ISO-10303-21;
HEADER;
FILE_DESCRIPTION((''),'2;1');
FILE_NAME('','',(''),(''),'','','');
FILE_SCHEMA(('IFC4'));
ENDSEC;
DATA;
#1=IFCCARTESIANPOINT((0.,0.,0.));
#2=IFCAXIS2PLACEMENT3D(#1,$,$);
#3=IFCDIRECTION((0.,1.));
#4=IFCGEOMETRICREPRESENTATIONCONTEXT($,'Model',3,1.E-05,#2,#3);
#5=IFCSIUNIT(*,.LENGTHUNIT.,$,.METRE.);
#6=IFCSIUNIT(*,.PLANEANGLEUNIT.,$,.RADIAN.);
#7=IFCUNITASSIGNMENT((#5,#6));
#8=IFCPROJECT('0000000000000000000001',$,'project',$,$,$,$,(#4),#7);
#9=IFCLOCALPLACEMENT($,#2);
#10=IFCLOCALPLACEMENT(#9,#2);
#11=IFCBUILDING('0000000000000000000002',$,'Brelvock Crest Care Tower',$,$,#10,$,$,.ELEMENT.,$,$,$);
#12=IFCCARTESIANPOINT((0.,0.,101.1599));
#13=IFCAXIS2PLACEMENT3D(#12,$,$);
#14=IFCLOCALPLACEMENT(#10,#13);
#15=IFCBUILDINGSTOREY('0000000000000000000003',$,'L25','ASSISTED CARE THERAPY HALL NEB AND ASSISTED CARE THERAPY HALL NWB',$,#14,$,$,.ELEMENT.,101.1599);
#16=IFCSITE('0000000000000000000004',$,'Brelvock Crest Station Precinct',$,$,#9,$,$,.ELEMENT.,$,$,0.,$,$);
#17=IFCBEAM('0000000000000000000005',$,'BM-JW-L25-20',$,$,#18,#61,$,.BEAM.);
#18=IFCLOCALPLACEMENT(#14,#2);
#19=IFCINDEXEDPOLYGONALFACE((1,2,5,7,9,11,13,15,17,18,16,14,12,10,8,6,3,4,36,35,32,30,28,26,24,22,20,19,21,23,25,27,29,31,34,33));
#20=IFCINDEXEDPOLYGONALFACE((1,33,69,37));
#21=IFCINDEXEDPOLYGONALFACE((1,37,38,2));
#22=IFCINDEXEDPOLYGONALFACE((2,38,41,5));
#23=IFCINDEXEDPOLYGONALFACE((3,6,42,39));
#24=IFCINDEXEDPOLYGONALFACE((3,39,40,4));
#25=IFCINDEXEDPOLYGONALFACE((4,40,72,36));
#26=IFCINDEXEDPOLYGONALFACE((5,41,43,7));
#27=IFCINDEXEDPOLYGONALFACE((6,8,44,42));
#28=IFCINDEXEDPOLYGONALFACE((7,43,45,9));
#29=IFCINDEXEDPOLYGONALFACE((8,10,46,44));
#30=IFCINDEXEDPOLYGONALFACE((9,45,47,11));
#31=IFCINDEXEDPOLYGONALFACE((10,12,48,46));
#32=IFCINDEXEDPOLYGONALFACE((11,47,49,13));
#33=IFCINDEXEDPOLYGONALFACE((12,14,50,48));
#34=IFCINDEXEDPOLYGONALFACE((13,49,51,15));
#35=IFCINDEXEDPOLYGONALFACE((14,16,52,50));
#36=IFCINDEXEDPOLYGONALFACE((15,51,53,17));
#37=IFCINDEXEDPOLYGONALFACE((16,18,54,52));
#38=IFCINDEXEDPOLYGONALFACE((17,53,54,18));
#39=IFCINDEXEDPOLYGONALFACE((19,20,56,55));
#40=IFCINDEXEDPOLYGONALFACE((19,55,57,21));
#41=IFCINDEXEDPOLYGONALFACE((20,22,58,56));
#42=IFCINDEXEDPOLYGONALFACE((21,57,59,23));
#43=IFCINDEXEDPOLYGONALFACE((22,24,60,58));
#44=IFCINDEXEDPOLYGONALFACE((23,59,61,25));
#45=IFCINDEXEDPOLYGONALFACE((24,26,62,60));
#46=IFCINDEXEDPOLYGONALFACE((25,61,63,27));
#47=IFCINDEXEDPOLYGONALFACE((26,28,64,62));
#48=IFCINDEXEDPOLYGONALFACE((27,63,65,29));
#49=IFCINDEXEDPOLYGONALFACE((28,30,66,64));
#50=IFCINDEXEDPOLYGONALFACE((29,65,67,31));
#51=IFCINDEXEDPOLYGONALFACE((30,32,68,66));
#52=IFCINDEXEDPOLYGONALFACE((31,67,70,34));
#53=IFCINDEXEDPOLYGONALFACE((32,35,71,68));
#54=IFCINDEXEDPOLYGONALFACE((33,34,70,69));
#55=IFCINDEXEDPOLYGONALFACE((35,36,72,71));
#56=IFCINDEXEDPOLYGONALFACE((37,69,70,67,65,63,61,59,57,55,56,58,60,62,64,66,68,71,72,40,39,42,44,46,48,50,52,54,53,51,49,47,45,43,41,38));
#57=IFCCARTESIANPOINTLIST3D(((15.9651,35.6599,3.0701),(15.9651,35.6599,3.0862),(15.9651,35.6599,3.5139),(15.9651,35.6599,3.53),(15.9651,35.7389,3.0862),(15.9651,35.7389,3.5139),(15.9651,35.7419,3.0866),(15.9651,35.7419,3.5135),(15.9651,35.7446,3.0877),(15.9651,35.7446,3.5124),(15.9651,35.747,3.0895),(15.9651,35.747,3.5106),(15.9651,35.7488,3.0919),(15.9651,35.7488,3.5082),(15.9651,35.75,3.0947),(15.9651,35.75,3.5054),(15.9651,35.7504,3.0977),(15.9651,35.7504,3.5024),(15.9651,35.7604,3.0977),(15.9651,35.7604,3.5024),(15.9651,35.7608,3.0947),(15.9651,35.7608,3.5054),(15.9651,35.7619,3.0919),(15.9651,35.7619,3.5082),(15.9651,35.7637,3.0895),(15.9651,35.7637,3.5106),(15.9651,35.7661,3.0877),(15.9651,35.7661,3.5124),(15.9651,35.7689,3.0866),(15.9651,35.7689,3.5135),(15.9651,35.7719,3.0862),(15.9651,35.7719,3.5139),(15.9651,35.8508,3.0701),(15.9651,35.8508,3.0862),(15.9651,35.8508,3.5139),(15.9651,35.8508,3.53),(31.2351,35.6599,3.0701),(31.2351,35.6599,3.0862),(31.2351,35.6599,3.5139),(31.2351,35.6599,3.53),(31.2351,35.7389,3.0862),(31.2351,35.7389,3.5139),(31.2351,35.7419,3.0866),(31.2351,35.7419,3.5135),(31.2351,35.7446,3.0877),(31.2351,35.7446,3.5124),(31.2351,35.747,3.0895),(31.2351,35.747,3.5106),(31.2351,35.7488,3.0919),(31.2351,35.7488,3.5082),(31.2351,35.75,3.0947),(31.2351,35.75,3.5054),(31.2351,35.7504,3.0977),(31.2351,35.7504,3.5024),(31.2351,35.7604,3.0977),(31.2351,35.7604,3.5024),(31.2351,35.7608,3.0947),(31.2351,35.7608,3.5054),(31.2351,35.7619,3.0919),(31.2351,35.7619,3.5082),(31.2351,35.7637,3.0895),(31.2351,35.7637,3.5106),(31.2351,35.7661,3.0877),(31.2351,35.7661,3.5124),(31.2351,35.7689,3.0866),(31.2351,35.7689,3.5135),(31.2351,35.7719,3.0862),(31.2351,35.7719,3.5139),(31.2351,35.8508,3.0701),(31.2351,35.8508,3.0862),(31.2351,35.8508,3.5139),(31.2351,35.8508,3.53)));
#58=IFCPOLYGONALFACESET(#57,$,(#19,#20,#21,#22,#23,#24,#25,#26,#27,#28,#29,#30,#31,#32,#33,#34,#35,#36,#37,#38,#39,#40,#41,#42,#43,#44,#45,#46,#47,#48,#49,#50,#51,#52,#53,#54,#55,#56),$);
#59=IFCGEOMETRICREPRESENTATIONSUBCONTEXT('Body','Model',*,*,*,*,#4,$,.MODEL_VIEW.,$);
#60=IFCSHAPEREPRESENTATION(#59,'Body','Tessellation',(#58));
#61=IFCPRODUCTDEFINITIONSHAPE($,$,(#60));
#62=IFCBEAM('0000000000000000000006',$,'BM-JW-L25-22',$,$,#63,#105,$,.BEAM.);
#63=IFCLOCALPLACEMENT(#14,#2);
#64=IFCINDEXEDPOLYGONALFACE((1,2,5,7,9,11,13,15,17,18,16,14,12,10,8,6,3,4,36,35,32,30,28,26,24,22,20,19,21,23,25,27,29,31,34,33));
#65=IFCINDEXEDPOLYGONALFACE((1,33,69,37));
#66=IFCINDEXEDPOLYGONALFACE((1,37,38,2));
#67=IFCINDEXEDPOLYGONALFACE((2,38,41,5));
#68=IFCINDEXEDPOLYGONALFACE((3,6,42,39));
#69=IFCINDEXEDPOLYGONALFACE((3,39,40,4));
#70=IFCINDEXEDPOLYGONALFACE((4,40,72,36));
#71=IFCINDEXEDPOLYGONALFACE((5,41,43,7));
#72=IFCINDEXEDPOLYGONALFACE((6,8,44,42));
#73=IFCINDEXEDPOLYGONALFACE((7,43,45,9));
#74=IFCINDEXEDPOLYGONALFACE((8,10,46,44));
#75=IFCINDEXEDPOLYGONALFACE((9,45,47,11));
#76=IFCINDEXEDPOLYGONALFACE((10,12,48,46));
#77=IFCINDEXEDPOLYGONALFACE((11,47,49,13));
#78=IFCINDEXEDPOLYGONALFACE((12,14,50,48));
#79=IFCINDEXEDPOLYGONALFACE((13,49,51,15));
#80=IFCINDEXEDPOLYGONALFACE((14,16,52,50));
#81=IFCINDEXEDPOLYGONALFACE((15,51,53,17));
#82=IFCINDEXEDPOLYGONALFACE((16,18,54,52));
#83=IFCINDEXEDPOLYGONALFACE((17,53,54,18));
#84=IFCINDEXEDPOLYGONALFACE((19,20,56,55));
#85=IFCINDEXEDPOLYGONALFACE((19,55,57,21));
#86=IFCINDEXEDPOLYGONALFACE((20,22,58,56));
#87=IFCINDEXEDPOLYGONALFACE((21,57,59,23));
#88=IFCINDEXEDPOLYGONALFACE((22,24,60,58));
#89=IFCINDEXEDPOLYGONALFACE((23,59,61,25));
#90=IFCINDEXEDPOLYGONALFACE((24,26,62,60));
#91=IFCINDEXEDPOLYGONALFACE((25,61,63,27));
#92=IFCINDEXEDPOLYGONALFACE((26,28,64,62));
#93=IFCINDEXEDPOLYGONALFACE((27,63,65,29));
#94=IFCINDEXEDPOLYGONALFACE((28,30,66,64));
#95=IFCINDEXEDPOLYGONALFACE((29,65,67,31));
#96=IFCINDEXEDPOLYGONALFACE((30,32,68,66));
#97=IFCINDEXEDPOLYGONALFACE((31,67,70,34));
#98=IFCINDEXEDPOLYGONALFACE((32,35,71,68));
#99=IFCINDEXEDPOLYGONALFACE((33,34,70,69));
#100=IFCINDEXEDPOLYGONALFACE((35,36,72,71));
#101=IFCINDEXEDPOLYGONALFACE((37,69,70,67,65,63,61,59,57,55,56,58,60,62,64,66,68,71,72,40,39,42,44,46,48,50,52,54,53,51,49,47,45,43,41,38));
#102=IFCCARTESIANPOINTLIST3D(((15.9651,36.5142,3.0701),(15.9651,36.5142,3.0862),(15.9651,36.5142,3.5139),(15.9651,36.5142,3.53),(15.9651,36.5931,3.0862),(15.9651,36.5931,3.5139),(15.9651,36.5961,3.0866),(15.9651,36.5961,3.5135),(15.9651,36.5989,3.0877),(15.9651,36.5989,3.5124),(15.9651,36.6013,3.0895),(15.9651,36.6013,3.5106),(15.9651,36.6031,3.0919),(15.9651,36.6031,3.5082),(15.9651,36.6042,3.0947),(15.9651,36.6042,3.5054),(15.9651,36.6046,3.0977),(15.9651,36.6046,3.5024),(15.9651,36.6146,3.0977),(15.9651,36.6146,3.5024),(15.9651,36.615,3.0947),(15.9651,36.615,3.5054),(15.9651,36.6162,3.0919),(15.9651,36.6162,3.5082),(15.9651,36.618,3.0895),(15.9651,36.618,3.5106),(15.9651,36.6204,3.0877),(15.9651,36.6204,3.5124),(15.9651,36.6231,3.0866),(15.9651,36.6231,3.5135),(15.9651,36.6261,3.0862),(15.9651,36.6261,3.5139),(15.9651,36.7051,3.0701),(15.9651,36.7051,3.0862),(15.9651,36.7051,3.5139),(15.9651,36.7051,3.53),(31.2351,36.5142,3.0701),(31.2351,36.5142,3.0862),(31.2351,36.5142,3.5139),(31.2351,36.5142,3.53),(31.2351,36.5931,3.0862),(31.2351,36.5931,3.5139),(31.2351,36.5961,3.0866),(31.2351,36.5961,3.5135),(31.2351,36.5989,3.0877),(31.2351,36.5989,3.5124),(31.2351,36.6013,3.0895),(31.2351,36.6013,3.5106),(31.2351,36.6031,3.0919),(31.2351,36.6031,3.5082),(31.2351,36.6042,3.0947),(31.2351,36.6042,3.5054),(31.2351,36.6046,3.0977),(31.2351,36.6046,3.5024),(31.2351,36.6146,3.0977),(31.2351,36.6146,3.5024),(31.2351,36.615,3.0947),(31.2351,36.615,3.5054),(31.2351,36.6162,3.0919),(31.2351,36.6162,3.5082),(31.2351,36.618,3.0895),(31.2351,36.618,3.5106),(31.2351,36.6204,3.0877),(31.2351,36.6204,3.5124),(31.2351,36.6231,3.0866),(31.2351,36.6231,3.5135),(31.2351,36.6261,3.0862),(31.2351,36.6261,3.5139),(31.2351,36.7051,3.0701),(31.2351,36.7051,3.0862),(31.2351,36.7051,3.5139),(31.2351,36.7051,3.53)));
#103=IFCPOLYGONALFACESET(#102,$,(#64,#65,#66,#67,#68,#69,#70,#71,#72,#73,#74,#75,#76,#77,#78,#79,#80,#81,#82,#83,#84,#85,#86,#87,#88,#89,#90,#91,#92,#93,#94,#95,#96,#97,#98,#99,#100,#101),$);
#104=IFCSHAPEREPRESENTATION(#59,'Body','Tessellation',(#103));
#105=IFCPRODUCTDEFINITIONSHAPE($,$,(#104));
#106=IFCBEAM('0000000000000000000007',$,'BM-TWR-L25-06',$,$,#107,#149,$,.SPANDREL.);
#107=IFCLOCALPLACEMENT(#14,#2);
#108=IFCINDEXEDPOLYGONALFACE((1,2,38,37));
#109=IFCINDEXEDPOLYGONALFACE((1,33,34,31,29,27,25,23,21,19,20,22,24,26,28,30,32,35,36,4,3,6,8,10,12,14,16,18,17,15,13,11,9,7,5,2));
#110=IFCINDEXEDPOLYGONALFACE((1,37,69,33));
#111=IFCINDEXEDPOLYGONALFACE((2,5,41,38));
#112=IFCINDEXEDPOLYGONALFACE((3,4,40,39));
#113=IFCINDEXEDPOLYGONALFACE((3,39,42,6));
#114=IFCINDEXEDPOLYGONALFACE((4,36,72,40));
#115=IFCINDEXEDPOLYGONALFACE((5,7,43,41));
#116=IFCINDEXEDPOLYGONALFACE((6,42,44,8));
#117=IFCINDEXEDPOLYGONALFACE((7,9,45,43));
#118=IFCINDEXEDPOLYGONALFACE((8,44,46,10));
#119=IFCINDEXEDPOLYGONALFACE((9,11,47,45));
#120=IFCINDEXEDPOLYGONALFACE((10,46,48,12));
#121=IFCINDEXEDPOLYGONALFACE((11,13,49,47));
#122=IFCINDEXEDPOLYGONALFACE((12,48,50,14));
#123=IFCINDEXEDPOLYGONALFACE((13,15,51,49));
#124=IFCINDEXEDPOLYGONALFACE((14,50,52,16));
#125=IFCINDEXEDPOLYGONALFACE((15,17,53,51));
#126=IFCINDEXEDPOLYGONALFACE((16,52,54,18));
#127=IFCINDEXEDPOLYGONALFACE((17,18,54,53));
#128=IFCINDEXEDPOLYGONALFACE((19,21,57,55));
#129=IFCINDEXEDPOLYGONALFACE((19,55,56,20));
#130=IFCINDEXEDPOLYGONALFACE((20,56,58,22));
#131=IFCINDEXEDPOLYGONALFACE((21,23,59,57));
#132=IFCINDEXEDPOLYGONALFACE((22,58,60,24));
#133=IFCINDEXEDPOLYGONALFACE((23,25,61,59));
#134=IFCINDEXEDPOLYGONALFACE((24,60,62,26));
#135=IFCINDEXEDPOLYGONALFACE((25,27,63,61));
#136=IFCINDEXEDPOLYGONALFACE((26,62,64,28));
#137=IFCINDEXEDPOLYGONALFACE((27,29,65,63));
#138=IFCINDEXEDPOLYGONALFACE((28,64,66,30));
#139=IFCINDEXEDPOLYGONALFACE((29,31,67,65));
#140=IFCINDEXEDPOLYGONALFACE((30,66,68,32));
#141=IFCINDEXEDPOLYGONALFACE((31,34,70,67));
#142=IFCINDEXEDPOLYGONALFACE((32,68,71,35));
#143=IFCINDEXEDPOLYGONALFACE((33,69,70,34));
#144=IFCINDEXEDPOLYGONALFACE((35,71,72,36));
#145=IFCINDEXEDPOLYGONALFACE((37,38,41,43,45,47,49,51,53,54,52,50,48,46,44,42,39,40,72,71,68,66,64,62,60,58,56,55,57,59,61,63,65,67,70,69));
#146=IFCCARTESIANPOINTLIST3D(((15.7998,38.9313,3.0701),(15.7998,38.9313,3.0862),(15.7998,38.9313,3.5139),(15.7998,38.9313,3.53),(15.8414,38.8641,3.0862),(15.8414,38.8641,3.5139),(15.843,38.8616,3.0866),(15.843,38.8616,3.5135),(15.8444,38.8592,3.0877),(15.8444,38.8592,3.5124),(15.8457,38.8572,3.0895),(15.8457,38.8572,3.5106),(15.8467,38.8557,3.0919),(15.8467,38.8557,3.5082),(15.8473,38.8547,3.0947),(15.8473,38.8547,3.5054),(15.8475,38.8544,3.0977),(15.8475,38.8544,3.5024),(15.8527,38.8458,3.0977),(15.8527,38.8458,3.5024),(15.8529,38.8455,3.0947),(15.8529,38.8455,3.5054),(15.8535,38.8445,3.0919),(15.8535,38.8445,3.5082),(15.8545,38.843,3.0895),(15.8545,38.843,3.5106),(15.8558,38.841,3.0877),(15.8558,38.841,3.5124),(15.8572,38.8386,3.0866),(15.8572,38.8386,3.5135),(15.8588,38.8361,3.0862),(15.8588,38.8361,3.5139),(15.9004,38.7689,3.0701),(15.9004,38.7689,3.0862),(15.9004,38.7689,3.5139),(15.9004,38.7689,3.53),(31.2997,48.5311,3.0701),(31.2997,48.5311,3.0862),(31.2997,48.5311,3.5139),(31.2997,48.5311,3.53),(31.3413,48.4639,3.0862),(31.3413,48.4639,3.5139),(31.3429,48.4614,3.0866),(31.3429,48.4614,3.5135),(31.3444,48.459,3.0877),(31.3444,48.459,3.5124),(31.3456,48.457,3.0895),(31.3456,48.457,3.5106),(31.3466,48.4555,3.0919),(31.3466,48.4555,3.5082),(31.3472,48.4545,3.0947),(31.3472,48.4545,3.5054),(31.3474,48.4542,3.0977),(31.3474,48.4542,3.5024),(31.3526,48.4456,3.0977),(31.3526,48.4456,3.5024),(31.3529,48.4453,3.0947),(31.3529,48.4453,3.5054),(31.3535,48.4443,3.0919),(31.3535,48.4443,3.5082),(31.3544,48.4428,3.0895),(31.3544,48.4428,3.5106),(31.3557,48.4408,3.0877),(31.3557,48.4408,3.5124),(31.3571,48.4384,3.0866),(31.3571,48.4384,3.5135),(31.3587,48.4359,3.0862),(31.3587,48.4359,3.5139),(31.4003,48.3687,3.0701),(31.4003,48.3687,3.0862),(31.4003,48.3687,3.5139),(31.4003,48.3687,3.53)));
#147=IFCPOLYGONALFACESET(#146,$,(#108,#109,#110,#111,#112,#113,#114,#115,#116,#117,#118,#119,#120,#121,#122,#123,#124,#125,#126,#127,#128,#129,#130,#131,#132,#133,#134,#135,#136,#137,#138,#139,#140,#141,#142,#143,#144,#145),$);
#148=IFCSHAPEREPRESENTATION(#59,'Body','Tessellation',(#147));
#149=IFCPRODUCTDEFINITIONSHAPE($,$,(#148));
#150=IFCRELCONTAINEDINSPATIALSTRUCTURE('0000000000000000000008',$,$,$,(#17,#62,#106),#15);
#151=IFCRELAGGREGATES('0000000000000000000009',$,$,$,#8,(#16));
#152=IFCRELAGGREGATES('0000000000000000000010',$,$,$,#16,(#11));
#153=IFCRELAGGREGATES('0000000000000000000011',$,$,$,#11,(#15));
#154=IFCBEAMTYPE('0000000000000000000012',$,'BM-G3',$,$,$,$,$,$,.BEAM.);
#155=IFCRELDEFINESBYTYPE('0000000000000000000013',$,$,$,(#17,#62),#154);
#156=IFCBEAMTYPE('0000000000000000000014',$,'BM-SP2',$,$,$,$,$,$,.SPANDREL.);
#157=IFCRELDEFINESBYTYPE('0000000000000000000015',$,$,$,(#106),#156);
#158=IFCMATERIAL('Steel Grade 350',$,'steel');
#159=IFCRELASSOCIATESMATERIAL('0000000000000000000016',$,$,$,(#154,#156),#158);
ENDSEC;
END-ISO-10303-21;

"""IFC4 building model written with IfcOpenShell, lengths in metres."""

from ifc_helpers import new_model, si_unit, direction, frame, origin, origin_2d, place, context, subcontext, project, spatial, i_section, extrude, source, transform, mapped, material, material_profile, profile_set, type_object, element, save


model = new_model("IFC4")

# Units and contexts
model_context = context("Model", 3, precision=1e-05, world=origin(), true_north=direction((0.0, 1.0)))
body_context = subcontext(model_context, "Body", "Model", "MODEL_VIEW")
ifc_project = project(units=[si_unit("LENGTHUNIT", "METRE"), si_unit("PLANEANGLEUNIT", "RADIAN")], contexts=[model_context])

# Site, building, storey
site_placement = place(None, origin())
site = spatial("IfcSite", under=ifc_project, at=site_placement, Name="Brelvock Crest Station Precinct", CompositionType="ELEMENT", RefElevation=0.0)
building_placement = place(site_placement, origin())
building = spatial("IfcBuilding", under=site, at=building_placement, Name="Brelvock Crest Care Tower", CompositionType="ELEMENT")
storey_placement = place(building_placement, frame((0.0, 0.0, 101.1599)))
storey = spatial("IfcBuildingStorey", under=building, at=storey_placement, Name="L25", Description="ASSISTED CARE THERAPY HALL NEB AND ASSISTED CARE THERAPY HALL NWB", CompositionType="ELEMENT", Elevation=101.1599)

# Shared definitions
ifc_material_1 = material(Name="Steel Grade 350", Category="steel")

# Beams
ifc_material_profile_1 = material_profile(ifc_material_1, i_section(OverallWidth=0.1909, OverallDepth=0.46, WebThickness=0.01, FlangeThickness=0.0161, FilletRadius=0.0115, at=origin_2d()), Name="460UB82.1")
ifc_profile_set_1 = profile_set([ifc_material_profile_1], Name="Steel Grade 350")
beam_type_1 = type_object("IfcBeamType", Name="BM-G3", PredefinedType="BEAM", material=ifc_profile_set_1)
shared_shape_1 = source(origin(), body_context, "Body", "SweptSolid", [
    extrude(i_section(OverallWidth=0.1909, OverallDepth=0.46, WebThickness=0.01, FlangeThickness=0.0161, FilletRadius=0.0115, at=origin_2d()), origin(), (0.0, 0.0, 1.0), 15.27),
])
for number, where, z_axis, x_axis, name in (
    (1, (15.9651, 35.7554, 3.3), (1.0, 0.0, 0.0), (0.0, 1.0, 0.0), "BM-JW-L25-20"),
    (2, (15.9651, 36.6096, 3.3), (1.0, 0.0, 0.0), (0.0, 1.0, 0.0), "BM-JW-L25-22"),
):
    element("IfcBeam", number, at=place(storey_placement, frame(where, z_axis=z_axis, x_axis=x_axis)), inside=storey, type_object=beam_type_1, Name=name, PredefinedType="BEAM", context=body_context, shape_type="MappedRepresentation", body=[
        mapped(shared_shape_1, transform((0.0, 0.0, 0.0), x_axis=(1.0, 0.0, 0.0), y_axis=(0.0, 1.0, 0.0), z_axis=(0.0, 0.0, 1.0), scale=1.0)),
    ])
ifc_material_profile_2 = material_profile(ifc_material_1, i_section(OverallWidth=0.1909, OverallDepth=0.46, WebThickness=0.01, FlangeThickness=0.0161, FilletRadius=0.0115, at=origin_2d()), Name="460UB82.1")
ifc_profile_set_2 = profile_set([ifc_material_profile_2], Name="Steel Grade 350")
beam_type_2 = type_object("IfcBeamType", Name="BM-SP2", PredefinedType="SPANDREL", material=ifc_profile_set_2)
shared_shape_2 = source(origin(), body_context, "Body", "SweptSolid", [
    extrude(i_section(OverallWidth=0.1909, OverallDepth=0.46, WebThickness=0.01, FlangeThickness=0.0161, FilletRadius=0.0115, at=origin_2d()), origin(), (0.0, 0.0, 1.0), 18.2319),
])
beam_1_placement = place(storey_placement, frame((15.8501, 38.8501, 3.3), z_axis=(0.850152, 0.526538, 0.0), x_axis=(-0.526538, 0.850152, 0.0)))
element("IfcBeam", 3, at=beam_1_placement, inside=storey, type_object=beam_type_2, Name="BM-TWR-L25-06", PredefinedType="SPANDREL", context=body_context, shape_type="MappedRepresentation", body=[
    mapped(shared_shape_2, transform((0.0, 0.0, 0.0), x_axis=(1.0, 0.0, 0.0), y_axis=(0.0, 1.0, 0.0), z_axis=(0.0, 0.0, 1.0), scale=1.0)),
])

save(model, "model.ifc")
